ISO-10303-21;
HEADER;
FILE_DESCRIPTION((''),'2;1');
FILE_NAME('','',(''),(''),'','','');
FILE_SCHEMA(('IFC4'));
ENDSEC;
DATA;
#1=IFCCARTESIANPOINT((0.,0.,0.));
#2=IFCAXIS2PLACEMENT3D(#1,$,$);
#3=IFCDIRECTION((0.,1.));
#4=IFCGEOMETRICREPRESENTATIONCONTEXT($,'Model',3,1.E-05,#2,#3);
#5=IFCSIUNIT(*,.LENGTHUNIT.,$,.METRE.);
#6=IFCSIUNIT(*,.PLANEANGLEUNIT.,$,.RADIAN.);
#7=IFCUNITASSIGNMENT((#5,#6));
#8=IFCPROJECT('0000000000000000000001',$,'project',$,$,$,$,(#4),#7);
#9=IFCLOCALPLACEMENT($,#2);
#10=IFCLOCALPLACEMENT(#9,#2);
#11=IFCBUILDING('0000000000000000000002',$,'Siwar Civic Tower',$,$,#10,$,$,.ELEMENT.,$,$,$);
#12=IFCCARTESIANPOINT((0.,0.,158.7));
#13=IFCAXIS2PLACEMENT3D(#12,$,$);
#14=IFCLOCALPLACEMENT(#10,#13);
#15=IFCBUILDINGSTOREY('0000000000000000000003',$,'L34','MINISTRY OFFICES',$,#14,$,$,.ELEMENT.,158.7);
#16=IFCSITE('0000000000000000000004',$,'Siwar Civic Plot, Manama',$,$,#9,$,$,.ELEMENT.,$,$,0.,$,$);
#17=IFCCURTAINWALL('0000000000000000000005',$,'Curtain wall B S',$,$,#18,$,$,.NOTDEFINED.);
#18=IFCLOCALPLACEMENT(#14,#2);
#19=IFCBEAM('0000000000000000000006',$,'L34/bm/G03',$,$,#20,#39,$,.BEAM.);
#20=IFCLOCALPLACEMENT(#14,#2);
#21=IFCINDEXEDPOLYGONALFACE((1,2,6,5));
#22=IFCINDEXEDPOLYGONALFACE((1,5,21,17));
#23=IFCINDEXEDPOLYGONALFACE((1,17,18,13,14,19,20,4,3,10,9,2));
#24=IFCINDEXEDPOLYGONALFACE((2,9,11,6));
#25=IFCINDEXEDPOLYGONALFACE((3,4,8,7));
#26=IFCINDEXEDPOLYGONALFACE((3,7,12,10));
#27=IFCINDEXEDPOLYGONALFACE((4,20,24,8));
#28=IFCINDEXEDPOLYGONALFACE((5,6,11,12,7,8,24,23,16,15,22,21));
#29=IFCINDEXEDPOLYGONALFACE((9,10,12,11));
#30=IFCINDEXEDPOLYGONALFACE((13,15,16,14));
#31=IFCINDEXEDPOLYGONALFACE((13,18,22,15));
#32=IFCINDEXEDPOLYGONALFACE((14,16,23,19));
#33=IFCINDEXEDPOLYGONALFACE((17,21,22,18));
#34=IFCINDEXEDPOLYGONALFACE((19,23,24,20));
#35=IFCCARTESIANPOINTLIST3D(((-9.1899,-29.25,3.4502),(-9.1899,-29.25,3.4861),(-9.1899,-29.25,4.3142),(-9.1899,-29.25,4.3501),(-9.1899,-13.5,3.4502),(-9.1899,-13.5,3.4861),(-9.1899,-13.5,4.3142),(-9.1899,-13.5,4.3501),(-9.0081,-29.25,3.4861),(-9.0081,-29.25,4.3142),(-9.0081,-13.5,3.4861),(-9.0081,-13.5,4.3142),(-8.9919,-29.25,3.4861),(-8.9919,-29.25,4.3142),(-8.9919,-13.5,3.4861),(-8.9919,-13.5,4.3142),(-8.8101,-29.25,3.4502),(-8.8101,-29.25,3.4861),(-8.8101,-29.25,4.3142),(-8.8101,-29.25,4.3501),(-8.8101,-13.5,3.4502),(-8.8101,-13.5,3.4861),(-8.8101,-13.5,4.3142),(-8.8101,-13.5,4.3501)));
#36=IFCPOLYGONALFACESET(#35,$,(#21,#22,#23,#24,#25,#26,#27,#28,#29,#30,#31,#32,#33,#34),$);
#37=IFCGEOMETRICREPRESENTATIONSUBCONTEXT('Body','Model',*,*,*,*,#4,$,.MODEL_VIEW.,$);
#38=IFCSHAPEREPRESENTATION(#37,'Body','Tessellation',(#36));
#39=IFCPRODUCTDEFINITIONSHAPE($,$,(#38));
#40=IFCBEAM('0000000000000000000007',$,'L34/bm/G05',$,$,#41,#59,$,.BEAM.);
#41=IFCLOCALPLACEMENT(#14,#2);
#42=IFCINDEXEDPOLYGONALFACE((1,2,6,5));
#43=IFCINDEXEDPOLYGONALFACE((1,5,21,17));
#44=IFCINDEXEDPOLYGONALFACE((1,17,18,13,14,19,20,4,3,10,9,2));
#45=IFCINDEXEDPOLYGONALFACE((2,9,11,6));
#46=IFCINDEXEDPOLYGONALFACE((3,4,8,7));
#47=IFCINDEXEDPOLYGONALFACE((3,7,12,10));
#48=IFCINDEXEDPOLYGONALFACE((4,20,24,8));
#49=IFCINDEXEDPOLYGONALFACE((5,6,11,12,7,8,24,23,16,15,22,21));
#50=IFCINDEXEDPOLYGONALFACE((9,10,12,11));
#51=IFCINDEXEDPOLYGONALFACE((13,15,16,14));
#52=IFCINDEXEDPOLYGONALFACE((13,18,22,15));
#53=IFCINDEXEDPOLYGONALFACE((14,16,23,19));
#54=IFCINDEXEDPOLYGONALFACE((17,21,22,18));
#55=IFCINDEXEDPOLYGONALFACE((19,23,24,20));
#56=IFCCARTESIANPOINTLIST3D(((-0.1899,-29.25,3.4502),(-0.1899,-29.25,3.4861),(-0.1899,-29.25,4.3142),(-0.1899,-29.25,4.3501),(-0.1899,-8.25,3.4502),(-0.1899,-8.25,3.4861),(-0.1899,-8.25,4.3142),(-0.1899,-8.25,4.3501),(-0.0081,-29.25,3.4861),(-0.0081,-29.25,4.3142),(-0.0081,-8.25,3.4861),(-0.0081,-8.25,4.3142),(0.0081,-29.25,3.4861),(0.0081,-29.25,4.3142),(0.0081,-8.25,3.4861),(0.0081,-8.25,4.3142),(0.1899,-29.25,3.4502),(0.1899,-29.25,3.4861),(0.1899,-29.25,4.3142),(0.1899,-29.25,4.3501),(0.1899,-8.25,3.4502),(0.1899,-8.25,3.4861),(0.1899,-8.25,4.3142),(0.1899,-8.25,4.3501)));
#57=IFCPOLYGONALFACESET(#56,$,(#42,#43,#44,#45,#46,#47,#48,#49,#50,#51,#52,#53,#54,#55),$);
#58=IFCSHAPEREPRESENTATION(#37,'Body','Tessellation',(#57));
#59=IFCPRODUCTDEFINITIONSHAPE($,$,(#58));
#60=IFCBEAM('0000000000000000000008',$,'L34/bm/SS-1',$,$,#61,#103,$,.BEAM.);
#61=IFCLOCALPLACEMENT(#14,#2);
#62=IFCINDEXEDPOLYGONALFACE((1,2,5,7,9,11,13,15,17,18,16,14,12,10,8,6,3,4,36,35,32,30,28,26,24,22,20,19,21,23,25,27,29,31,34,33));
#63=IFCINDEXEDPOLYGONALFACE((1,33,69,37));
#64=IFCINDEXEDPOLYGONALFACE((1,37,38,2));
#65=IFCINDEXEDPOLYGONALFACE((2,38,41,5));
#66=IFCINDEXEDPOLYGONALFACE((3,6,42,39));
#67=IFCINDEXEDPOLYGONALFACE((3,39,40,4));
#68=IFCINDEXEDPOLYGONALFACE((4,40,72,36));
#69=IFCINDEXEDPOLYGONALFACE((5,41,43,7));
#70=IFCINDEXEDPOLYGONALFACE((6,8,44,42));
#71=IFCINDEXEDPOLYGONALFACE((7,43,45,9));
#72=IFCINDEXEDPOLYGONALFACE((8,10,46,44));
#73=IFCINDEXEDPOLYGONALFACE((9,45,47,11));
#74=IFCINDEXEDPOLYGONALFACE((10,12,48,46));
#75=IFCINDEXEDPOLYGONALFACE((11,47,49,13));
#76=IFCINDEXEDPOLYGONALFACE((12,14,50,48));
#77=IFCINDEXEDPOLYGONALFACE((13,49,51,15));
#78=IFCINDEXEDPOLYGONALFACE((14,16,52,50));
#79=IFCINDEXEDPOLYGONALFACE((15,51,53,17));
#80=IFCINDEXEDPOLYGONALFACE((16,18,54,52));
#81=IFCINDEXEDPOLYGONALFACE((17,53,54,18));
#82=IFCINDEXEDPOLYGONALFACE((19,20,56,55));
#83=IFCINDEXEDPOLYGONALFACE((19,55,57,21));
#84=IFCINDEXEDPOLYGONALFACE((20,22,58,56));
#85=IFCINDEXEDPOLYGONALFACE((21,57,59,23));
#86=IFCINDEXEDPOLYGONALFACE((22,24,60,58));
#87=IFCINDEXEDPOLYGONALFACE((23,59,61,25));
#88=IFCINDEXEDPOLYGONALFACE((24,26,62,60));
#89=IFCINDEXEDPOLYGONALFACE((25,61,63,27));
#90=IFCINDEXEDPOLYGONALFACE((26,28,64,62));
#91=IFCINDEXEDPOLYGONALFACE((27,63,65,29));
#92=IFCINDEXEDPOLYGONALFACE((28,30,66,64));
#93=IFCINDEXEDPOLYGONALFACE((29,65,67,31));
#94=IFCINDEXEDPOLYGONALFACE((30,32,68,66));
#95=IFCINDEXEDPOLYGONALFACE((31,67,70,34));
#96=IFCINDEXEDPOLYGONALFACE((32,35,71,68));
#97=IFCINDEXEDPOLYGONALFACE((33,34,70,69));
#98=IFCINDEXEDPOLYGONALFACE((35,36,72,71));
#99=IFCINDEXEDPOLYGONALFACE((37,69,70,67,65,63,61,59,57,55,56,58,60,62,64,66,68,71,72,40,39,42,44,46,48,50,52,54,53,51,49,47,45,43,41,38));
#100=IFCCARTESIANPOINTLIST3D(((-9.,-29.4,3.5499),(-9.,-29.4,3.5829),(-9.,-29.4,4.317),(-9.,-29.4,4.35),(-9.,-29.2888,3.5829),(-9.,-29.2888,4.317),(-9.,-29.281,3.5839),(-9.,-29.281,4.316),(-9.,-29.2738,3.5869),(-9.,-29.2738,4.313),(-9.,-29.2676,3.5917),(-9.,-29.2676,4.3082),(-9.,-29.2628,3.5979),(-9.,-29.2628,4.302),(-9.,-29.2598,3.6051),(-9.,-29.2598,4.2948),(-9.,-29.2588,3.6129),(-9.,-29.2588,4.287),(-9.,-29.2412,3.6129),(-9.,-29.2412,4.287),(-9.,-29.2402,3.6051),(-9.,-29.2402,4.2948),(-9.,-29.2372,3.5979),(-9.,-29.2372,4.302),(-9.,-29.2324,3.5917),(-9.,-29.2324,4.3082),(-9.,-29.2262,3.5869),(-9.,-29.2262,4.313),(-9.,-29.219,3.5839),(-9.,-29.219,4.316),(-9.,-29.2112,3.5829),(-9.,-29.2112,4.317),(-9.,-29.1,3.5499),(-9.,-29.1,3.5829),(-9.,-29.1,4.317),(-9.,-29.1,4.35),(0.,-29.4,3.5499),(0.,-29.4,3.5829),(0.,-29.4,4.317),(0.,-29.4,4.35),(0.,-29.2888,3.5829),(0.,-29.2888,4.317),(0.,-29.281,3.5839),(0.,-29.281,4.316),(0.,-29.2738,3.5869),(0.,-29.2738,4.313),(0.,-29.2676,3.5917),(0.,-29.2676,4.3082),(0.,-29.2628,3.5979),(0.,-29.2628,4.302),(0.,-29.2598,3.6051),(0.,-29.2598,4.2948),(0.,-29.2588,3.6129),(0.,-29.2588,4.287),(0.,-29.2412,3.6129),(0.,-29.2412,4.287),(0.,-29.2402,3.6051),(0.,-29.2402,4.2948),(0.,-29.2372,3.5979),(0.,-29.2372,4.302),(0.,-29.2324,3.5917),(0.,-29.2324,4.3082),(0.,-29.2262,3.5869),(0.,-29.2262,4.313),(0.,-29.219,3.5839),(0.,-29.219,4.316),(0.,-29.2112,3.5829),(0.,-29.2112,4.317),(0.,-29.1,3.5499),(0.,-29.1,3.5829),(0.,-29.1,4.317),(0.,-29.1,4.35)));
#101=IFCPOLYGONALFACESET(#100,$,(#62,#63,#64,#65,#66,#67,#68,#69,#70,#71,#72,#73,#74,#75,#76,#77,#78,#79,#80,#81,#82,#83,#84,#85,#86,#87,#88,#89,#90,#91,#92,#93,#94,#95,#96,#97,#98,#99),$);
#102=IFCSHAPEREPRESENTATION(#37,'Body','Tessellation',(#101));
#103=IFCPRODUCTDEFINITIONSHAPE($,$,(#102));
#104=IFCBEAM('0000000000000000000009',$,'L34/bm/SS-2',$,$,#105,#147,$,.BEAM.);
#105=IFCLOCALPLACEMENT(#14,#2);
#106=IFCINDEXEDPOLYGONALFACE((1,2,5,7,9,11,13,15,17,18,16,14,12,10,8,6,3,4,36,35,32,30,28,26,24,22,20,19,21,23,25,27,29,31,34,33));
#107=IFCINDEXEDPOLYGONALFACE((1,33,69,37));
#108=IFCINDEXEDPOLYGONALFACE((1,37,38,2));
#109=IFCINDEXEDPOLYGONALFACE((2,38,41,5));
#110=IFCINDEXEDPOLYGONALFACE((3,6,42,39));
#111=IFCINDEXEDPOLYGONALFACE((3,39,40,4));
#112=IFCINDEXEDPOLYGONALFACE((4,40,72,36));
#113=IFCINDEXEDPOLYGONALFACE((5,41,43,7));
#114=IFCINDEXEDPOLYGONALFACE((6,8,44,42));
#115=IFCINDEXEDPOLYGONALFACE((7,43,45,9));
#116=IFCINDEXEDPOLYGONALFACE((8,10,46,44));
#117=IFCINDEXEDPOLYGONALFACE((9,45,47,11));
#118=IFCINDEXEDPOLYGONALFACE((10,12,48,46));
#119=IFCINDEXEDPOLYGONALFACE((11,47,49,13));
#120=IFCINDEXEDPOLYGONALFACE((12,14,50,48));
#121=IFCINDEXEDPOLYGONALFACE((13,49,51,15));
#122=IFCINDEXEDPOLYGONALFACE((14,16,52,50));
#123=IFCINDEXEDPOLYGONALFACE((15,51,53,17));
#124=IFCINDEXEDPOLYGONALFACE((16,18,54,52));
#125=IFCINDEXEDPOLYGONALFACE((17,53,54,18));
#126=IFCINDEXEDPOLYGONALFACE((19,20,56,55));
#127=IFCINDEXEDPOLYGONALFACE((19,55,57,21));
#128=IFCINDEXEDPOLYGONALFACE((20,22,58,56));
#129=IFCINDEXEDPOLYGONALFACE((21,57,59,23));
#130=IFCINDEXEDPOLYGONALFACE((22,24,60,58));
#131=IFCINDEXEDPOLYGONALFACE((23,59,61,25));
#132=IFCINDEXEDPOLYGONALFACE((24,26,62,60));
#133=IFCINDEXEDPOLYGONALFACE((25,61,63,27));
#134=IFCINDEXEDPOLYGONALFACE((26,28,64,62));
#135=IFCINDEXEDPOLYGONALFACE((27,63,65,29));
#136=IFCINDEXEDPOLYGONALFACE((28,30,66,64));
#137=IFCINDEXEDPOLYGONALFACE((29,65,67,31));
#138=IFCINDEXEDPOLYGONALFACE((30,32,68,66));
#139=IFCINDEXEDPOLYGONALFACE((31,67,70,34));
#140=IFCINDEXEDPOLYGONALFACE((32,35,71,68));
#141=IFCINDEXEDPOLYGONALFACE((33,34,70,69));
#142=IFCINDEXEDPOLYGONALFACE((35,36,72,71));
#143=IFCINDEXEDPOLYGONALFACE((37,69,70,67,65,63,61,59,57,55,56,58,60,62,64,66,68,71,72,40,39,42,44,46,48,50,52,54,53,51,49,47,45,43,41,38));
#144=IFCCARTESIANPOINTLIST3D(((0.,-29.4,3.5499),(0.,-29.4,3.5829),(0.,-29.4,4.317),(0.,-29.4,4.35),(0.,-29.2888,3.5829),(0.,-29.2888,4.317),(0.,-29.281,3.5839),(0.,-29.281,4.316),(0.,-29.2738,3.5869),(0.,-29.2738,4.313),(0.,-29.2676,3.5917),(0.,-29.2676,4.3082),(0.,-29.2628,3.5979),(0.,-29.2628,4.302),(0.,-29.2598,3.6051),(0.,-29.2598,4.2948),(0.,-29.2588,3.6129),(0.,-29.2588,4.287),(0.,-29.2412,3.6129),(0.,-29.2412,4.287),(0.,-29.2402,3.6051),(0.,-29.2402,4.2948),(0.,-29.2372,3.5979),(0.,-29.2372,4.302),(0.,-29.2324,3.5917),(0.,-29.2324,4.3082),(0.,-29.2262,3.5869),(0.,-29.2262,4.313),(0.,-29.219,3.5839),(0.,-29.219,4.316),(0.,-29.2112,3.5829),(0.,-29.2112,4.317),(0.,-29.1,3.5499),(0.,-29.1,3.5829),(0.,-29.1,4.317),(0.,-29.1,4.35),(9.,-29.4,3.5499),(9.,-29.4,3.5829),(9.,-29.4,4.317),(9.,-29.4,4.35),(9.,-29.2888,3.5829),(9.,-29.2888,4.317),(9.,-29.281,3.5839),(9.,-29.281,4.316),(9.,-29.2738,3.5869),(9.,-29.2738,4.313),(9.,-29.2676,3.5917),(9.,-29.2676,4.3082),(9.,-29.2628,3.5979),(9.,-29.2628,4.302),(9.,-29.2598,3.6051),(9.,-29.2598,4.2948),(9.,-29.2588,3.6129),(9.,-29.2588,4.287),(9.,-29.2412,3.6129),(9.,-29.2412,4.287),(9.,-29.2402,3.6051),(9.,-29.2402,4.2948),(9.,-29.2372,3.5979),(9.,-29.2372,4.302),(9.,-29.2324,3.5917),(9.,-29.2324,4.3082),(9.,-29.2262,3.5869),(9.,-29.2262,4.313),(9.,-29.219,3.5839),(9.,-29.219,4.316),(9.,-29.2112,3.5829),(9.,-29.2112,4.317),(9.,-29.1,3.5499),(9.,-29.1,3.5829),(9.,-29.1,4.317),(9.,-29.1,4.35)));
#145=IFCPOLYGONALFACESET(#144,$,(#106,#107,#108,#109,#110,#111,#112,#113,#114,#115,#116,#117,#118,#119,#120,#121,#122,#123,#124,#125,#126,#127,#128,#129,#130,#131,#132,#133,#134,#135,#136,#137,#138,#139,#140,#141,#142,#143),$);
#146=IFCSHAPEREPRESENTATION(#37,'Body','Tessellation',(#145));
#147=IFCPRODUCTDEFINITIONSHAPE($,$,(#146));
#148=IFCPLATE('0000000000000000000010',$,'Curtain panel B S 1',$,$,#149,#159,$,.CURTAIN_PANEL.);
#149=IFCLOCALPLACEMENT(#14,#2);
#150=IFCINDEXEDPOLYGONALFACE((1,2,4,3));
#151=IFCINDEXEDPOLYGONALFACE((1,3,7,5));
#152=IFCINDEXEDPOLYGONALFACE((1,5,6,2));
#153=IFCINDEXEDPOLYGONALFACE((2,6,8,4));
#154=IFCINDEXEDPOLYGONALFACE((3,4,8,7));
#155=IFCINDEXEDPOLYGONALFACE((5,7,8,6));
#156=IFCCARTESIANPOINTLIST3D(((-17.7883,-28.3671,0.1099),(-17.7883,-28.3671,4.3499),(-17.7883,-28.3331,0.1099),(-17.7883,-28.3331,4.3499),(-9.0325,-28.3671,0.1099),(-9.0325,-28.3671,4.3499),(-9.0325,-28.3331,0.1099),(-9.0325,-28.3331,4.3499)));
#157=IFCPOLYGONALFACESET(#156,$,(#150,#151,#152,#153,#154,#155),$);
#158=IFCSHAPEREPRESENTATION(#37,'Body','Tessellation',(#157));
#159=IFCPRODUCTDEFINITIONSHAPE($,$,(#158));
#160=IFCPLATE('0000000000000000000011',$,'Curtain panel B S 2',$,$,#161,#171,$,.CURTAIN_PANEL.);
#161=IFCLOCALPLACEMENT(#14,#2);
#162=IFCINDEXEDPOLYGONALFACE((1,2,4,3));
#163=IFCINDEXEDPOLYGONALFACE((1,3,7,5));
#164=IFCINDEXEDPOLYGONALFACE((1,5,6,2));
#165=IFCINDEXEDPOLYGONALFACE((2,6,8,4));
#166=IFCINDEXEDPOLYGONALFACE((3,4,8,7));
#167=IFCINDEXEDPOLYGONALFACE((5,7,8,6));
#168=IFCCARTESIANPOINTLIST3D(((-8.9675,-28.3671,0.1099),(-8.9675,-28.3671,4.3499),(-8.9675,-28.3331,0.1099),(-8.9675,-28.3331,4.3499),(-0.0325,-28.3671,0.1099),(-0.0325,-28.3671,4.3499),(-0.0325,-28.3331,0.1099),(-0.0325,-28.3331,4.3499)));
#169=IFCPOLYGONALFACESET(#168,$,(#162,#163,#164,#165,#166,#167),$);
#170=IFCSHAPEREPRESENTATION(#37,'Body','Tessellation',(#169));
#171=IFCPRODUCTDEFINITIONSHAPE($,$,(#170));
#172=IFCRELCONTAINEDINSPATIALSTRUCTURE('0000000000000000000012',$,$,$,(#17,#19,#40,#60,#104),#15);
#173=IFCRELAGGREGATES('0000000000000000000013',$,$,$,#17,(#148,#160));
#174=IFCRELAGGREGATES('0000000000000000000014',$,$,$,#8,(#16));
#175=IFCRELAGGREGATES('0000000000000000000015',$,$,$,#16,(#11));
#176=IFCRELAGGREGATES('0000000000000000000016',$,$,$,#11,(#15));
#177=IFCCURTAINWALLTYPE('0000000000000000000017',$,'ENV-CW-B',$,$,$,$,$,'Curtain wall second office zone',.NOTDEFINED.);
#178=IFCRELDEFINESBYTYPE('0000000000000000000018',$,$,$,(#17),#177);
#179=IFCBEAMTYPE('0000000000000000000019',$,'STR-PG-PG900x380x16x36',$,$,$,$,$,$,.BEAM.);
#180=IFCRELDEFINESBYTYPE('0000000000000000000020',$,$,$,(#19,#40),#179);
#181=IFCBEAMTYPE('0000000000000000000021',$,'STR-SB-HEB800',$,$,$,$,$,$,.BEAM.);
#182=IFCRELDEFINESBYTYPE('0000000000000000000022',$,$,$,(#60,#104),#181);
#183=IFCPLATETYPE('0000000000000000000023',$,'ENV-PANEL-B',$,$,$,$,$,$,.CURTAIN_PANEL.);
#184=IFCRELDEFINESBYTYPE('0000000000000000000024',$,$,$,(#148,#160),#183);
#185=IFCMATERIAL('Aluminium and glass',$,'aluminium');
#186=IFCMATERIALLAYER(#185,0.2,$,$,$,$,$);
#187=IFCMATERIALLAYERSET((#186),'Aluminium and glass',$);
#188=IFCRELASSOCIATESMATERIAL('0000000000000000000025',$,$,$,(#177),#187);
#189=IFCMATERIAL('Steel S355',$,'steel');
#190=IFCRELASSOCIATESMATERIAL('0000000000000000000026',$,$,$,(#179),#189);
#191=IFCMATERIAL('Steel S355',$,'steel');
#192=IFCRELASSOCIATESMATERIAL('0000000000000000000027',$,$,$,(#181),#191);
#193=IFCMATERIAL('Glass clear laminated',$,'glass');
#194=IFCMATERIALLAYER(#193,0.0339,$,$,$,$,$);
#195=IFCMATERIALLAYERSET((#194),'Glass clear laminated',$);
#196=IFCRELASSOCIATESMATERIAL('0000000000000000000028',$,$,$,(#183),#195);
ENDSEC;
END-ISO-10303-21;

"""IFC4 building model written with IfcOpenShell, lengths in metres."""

from ifc_helpers import new_model, si_unit, direction, frame, origin, origin_2d, place, context, subcontext, project, spatial, rectangle, i_section, extrude, material, layer, layer_set, material_profile, profile_set, type_object, element, aggregate, save


model = new_model("IFC4")

# Units and contexts
model_context = context("Model", 3, precision=1e-05, world=origin(), true_north=direction((0.0, 1.0)))
body_context = subcontext(model_context, "Body", "Model", "MODEL_VIEW")
ifc_project = project(units=[si_unit("LENGTHUNIT", "METRE"), si_unit("PLANEANGLEUNIT", "RADIAN")], contexts=[model_context])

# Site, building, storey
site_placement = place(None, origin())
site = spatial("IfcSite", under=ifc_project, at=site_placement, Name="Siwar Civic Plot, Manama", CompositionType="ELEMENT", RefElevation=0.0)
building_placement = place(site_placement, origin())
building = spatial("IfcBuilding", under=site, at=building_placement, Name="Siwar Civic Tower", CompositionType="ELEMENT")
storey_placement = place(building_placement, frame((0.0, 0.0, 158.7)))
storey = spatial("IfcBuildingStorey", under=building, at=storey_placement, Name="L34", Description="MINISTRY OFFICES", CompositionType="ELEMENT", Elevation=158.7)

# Curtain wall
ifc_material_1 = material(Name="Aluminium and glass", Category="aluminium")
ifc_layer_1 = layer(ifc_material_1, 0.2)
ifc_layer_set_1 = layer_set([ifc_layer_1], Name="Aluminium and glass")
curtain_wall_type = type_object("IfcCurtainWallType", Name="ENV-CW-B", ElementType="Curtain wall second office zone", PredefinedType="NOTDEFINED", material=ifc_layer_set_1)
curtain_wall_placement = place(storey_placement, origin())
curtain_wall = element("IfcCurtainWall", 1, at=curtain_wall_placement, inside=storey, type_object=curtain_wall_type, Name="Curtain wall B S", PredefinedType="NOTDEFINED")

# Beams
ifc_material_2 = material(Name="Steel S355", Category="steel")
ifc_material_profile_1 = material_profile(ifc_material_2, i_section(OverallWidth=0.3799, OverallDepth=0.8999, WebThickness=0.0161, FlangeThickness=0.0359, at=origin_2d()), Name="PG900x380x16x36")
ifc_profile_set_1 = profile_set([ifc_material_profile_1], Name="Steel S355")
beam_type_1 = type_object("IfcBeamType", Name="STR-PG-PG900x380x16x36", PredefinedType="BEAM", material=ifc_profile_set_1)
beam_1_placement = place(storey_placement, frame((-9.0, -29.25, 3.9001), z_axis=(0.0, 1.0, 0.0), x_axis=(-1.0, 0.0, 0.0)))
element("IfcBeam", 2, at=beam_1_placement, inside=storey, type_object=beam_type_1, Name="L34/bm/G03", PredefinedType="BEAM", context=body_context, shape_type="SweptSolid", body=[
    extrude(i_section(OverallWidth=0.3799, OverallDepth=0.8999, WebThickness=0.0161, FlangeThickness=0.0359, at=origin_2d()), origin(), (0.0, 0.0, 1.0), 15.75),
])
beam_2_placement = place(storey_placement, frame((0.0, -29.25, 3.9001), z_axis=(0.0, 1.0, 0.0), x_axis=(-1.0, 0.0, 0.0)))
element("IfcBeam", 3, at=beam_2_placement, inside=storey, type_object=beam_type_1, Name="L34/bm/G05", PredefinedType="BEAM", context=body_context, shape_type="SweptSolid", body=[
    extrude(i_section(OverallWidth=0.3799, OverallDepth=0.8999, WebThickness=0.0161, FlangeThickness=0.0359, at=origin_2d()), origin(), (0.0, 0.0, 1.0), 21.0),
])
ifc_material_3 = material(Name="Steel S355", Category="steel")
ifc_material_profile_2 = material_profile(ifc_material_3, i_section(OverallWidth=0.3, OverallDepth=0.8, WebThickness=0.0176, FlangeThickness=0.033, FilletRadius=0.03, at=origin_2d()), Name="HEB800")
ifc_profile_set_2 = profile_set([ifc_material_profile_2], Name="Steel S355")
beam_type_2 = type_object("IfcBeamType", Name="STR-SB-HEB800", PredefinedType="BEAM", material=ifc_profile_set_2)
for number, where, z_axis, x_axis, name in (
    (4, (-9.0, -29.25, 3.95), (1.0, 0.0, 0.0), (0.0, 1.0, 0.0), "L34/bm/SS-1"),
    (5, (0.0, -29.25, 3.95), (1.0, 0.0, 0.0), (0.0, 1.0, 0.0), "L34/bm/SS-2"),
):
    element("IfcBeam", number, at=place(storey_placement, frame(where, z_axis=z_axis, x_axis=x_axis)), inside=storey, type_object=beam_type_2, Name=name, PredefinedType="BEAM", context=body_context, shape_type="SweptSolid", body=[
        extrude(i_section(OverallWidth=0.3, OverallDepth=0.8, WebThickness=0.0176, FlangeThickness=0.033, FilletRadius=0.03, at=origin_2d()), origin(), (0.0, 0.0, 1.0), 9.0),
    ])

# Plates
ifc_material_4 = material(Name="Glass clear laminated", Category="glass")
ifc_layer_2 = layer(ifc_material_4, 0.0339)
ifc_layer_set_2 = layer_set([ifc_layer_2], Name="Glass clear laminated")
plate_type = type_object("IfcPlateType", Name="ENV-PANEL-B", PredefinedType="CURTAIN_PANEL", material=ifc_layer_set_2)
plate_1_placement = place(storey_placement, frame((-13.4104, -28.3501, 0.1099), z_axis=(0.0, 0.0, 1.0), x_axis=(1.0, 0.0, 0.0)))
plate_1 = element("IfcPlate", 6, at=plate_1_placement, type_object=plate_type, Name="Curtain panel B S 1", PredefinedType="CURTAIN_PANEL", context=body_context, shape_type="SweptSolid", body=[
    extrude(rectangle(XDim=8.7559, YDim=0.0339, at=origin_2d()), origin(), (0.0, 0.0, 1.0), 4.24),
])
plate_2_placement = place(storey_placement, frame((-4.5, -28.3501, 0.1099), z_axis=(0.0, 0.0, 1.0), x_axis=(1.0, 0.0, 0.0)))
plate_2 = element("IfcPlate", 7, at=plate_2_placement, type_object=plate_type, Name="Curtain panel B S 2", PredefinedType="CURTAIN_PANEL", context=body_context, shape_type="SweptSolid", body=[
    extrude(rectangle(XDim=8.9351, YDim=0.0339, at=origin_2d()), origin(), (0.0, 0.0, 1.0), 4.24),
])
aggregate(curtain_wall, [plate_1, plate_2])

save(model, "model.ifc")
